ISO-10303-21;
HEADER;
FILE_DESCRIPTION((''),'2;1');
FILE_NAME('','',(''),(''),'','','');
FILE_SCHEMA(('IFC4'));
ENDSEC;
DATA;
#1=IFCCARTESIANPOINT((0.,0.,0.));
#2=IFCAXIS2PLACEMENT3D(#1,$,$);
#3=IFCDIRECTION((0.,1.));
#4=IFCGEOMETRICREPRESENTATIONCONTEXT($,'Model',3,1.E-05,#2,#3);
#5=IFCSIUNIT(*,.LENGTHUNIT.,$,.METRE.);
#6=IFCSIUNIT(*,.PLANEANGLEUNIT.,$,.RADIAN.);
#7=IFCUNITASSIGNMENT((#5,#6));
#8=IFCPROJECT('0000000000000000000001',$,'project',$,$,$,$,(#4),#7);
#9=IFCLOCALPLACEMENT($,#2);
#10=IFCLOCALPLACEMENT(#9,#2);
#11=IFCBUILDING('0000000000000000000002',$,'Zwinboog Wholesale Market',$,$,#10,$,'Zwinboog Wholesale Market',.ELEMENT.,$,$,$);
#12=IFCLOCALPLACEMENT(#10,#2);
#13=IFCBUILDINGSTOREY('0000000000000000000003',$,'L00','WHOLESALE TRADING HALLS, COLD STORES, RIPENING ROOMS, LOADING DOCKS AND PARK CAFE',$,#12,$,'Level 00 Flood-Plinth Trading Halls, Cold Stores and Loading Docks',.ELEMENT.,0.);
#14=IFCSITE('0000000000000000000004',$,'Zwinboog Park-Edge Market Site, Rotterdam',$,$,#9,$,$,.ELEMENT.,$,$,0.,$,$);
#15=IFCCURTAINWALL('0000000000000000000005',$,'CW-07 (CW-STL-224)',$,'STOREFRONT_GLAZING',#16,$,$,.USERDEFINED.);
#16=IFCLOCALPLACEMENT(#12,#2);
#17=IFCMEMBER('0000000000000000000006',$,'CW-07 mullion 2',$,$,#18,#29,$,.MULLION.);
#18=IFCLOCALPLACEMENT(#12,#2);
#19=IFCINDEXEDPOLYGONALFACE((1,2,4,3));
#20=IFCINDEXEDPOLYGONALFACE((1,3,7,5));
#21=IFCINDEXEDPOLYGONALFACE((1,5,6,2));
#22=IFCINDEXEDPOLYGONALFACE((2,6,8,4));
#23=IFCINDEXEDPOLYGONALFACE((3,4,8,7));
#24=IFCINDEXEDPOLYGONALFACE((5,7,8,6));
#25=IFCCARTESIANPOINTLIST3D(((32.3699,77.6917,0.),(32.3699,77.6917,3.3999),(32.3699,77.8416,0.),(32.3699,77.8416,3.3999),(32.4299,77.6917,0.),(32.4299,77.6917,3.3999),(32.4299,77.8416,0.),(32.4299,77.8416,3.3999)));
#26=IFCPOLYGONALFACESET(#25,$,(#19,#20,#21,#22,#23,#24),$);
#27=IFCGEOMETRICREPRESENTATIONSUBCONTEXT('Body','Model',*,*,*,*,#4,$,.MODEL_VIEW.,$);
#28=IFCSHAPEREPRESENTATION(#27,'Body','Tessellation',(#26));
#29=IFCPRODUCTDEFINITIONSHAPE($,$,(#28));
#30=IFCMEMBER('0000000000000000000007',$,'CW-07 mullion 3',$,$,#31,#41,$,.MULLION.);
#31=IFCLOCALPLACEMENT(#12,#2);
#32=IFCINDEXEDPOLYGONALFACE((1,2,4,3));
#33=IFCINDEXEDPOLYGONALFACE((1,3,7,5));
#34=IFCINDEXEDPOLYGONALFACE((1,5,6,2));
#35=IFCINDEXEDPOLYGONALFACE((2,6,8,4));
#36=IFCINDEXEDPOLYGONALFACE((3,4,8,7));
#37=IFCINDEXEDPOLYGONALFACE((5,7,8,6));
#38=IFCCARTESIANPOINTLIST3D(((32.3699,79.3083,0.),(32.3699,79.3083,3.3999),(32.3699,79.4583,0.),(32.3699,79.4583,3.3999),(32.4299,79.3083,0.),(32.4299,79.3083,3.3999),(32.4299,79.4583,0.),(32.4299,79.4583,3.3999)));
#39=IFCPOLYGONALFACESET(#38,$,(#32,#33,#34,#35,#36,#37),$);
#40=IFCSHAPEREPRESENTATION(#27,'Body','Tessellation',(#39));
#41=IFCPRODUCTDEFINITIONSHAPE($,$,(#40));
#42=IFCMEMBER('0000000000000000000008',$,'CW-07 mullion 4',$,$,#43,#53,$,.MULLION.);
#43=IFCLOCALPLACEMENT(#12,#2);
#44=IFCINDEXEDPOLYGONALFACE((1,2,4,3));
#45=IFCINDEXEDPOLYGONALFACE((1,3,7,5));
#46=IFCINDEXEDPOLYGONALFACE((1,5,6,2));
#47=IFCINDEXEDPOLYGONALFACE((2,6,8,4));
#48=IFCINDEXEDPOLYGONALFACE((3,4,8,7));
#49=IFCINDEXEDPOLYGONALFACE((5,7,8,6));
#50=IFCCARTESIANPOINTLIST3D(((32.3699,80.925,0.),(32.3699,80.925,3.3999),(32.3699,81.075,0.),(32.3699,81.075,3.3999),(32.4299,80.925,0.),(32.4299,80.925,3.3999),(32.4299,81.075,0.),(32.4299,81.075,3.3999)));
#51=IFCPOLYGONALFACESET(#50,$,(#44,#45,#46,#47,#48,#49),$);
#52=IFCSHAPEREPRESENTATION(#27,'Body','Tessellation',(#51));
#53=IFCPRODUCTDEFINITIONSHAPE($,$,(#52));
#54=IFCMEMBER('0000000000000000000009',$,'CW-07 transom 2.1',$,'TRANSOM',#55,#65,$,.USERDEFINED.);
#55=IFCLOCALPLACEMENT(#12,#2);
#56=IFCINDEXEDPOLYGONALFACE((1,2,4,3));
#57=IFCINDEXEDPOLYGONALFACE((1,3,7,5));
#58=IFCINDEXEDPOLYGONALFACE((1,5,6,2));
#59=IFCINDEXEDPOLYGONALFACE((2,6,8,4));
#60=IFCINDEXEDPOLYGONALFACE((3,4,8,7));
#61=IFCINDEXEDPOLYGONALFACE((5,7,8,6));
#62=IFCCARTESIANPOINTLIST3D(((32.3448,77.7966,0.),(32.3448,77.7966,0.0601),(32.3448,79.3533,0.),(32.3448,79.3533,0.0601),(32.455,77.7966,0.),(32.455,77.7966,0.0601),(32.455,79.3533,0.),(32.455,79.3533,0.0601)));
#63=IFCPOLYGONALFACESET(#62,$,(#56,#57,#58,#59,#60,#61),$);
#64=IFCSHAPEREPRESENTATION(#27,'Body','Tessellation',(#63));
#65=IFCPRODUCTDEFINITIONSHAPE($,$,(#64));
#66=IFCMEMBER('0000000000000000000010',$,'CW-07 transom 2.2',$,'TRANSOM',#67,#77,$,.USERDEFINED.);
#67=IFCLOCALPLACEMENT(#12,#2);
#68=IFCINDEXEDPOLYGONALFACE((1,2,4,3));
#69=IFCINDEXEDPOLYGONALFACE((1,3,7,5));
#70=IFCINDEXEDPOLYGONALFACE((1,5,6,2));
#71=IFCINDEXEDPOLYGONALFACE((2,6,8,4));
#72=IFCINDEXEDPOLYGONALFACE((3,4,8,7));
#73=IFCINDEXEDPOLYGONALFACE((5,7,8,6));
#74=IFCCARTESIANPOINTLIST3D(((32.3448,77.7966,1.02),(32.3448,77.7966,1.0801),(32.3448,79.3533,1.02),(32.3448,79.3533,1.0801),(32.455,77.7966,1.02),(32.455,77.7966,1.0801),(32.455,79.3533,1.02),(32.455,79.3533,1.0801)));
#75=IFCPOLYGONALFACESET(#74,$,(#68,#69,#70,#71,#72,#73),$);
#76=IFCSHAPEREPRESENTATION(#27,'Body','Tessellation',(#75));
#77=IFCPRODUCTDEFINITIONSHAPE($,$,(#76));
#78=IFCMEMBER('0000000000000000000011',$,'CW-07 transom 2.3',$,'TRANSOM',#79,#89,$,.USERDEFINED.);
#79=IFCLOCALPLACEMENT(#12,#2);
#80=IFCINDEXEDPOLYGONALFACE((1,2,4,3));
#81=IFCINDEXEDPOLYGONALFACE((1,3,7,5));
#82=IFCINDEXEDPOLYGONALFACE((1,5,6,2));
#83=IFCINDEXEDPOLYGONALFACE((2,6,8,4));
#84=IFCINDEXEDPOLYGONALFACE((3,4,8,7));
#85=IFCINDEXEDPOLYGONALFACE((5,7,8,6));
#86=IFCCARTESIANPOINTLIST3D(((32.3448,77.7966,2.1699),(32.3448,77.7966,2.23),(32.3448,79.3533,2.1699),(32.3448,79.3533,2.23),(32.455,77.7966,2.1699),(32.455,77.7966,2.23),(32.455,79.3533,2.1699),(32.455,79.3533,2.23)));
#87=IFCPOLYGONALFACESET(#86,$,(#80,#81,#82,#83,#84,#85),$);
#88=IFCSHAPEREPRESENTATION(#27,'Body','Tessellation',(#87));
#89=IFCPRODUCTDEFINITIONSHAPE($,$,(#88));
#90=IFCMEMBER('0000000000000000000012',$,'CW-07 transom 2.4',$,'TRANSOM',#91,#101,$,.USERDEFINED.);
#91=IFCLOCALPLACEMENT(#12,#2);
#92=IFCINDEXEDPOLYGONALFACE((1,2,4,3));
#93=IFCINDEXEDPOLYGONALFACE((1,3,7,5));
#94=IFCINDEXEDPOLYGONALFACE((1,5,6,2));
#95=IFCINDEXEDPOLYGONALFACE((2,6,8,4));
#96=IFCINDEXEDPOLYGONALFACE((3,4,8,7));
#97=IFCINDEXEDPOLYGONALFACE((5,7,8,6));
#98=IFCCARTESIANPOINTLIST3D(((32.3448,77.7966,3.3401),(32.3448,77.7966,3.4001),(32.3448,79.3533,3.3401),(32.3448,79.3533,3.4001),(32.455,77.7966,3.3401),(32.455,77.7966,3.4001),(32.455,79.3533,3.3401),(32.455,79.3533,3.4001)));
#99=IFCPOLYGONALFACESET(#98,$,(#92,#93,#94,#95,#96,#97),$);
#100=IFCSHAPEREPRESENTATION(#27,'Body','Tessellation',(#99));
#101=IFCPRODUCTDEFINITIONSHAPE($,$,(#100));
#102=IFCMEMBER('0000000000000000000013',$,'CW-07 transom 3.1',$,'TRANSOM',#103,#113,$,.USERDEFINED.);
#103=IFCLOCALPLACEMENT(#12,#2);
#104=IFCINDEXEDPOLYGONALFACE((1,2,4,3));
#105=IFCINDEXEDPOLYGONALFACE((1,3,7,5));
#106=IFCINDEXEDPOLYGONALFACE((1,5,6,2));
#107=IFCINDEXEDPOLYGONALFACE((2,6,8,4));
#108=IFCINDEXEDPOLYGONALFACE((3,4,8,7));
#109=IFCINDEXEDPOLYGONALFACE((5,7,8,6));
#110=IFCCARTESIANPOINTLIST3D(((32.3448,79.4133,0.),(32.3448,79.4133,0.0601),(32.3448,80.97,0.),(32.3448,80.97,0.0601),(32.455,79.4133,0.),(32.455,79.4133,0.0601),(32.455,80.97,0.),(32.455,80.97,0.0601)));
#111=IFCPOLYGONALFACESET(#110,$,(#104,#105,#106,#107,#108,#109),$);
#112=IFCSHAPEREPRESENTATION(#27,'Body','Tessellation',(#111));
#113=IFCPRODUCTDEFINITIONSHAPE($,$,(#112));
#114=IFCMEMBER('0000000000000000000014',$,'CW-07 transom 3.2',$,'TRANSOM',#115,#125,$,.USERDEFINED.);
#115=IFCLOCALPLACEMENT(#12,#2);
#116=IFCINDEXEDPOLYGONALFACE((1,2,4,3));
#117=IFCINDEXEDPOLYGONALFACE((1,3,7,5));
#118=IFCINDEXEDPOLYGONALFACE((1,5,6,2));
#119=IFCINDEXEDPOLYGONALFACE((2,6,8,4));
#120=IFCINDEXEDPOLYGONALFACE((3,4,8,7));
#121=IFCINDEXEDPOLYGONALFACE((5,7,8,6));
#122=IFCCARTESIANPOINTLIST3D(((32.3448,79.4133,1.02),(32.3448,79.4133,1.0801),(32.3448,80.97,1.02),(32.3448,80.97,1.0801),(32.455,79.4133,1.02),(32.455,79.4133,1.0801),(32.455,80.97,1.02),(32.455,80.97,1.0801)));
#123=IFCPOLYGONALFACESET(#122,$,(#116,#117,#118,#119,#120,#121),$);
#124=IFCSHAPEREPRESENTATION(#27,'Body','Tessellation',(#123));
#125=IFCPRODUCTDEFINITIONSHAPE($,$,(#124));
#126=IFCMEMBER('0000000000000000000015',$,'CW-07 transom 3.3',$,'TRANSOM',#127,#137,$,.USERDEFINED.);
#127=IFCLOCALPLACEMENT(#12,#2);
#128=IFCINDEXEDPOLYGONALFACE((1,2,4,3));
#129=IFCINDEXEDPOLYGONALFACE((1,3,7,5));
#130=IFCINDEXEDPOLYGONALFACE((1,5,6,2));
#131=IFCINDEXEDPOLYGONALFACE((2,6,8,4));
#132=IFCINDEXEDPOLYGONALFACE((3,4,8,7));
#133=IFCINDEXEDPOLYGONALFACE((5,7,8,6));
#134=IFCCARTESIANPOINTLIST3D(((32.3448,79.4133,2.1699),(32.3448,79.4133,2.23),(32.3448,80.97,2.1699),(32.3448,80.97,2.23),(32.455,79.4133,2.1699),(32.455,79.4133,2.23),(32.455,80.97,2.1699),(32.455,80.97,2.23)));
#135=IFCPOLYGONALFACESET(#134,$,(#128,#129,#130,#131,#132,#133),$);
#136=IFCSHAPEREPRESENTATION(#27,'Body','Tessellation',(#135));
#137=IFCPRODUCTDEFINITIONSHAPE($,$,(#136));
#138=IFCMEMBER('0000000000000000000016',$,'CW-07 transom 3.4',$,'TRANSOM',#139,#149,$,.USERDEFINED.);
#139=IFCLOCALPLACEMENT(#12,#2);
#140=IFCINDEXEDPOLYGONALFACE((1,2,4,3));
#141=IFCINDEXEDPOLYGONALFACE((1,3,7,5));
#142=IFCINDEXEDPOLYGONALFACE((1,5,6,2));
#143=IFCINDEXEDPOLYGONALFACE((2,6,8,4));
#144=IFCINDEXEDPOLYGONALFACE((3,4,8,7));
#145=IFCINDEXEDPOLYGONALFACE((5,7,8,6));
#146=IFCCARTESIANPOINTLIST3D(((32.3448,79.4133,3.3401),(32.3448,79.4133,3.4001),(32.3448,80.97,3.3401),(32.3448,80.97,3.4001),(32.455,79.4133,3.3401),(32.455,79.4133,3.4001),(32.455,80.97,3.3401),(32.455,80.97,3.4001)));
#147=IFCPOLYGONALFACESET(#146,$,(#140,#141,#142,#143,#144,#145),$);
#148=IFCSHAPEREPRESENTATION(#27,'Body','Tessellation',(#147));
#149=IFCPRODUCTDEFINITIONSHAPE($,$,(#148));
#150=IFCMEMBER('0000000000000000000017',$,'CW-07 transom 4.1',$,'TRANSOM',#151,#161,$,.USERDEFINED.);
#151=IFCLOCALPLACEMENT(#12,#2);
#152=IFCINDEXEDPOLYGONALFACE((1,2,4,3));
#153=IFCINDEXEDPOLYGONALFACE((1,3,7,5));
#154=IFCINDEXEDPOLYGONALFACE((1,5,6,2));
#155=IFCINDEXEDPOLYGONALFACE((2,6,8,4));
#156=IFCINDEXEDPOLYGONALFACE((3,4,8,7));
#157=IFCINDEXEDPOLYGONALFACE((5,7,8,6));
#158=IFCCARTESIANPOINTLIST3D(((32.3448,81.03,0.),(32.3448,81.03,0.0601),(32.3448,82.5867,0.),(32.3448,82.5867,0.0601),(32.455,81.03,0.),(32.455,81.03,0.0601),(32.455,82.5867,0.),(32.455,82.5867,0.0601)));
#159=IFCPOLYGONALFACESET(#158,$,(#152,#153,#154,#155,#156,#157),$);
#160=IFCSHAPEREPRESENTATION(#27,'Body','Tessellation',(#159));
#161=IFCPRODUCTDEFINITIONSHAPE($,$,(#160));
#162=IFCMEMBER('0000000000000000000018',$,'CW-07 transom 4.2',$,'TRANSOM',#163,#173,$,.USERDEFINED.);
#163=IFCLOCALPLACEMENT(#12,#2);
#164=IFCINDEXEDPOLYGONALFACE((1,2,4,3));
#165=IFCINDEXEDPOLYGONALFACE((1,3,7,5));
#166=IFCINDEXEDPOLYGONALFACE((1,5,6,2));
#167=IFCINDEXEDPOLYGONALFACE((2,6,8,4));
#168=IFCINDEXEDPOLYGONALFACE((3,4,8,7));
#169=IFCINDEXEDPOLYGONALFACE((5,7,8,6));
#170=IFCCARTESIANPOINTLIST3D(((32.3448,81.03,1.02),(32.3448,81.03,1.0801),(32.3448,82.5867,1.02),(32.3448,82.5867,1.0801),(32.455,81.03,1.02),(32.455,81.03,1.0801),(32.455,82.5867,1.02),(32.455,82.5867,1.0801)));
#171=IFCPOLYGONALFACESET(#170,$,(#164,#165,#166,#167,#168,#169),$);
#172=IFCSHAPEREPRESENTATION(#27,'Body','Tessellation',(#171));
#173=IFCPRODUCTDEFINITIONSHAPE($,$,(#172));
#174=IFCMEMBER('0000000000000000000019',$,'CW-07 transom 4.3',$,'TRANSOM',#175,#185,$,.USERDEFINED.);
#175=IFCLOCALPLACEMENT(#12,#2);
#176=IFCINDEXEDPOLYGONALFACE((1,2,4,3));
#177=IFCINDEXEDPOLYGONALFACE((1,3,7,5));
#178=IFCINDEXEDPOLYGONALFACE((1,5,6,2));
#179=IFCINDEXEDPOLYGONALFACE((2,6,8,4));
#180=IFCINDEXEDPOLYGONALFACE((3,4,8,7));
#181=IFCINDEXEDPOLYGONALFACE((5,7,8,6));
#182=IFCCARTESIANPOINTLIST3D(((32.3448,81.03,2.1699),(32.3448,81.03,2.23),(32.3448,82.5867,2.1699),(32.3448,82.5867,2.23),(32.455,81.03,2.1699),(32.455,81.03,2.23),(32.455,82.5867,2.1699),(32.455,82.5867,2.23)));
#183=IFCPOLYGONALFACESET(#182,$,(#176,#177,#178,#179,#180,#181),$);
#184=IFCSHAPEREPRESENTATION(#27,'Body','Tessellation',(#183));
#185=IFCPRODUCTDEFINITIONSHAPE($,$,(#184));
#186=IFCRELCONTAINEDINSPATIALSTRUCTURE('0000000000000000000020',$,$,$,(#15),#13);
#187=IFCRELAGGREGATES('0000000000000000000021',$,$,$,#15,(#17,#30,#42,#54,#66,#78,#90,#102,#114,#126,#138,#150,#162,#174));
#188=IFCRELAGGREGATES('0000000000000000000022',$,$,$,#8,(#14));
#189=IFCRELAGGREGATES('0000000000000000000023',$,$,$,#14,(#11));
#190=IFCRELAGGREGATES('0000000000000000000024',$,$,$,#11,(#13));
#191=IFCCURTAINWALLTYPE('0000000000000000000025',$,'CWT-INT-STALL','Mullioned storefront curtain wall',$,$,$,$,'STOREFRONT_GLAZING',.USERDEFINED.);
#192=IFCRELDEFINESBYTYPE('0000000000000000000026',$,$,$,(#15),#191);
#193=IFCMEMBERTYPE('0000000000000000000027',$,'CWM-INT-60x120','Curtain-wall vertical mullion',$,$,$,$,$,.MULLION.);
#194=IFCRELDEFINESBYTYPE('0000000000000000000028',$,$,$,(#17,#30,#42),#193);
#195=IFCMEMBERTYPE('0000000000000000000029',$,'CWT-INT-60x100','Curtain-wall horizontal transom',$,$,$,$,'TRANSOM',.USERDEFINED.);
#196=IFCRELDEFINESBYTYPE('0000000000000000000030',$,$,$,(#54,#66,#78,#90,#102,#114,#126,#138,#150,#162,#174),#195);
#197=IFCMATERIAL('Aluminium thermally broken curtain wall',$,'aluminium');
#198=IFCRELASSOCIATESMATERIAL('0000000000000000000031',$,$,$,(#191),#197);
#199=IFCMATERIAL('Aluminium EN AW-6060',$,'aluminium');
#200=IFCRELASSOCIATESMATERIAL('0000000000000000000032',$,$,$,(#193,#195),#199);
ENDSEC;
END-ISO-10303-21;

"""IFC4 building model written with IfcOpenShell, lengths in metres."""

from ifc_helpers import new_model, si_unit, direction, frame, origin, origin_2d, place, context, subcontext, project, spatial, rectangle, extrude, material, material_profile, profile_set, type_object, element, aggregate, save


model = new_model("IFC4")

# Units and contexts
model_context = context("Model", 3, precision=1e-05, world=origin(), true_north=direction((0.0, 1.0)))
body_context = subcontext(model_context, "Body", "Model", "MODEL_VIEW")
ifc_project = project(units=[si_unit("LENGTHUNIT", "METRE"), si_unit("PLANEANGLEUNIT", "RADIAN")], contexts=[model_context])

# Site, building, storey
site_placement = place(None, origin())
site = spatial("IfcSite", under=ifc_project, at=site_placement, Name="Zwinboog Park-Edge Market Site, Rotterdam", CompositionType="ELEMENT", RefElevation=0.0)
building_placement = place(site_placement, origin())
building = spatial("IfcBuilding", under=site, at=building_placement, Name="Zwinboog Wholesale Market", LongName="Zwinboog Wholesale Market", CompositionType="ELEMENT")
storey_placement = place(building_placement, origin())
storey = spatial("IfcBuildingStorey", under=building, at=storey_placement, Name="L00", Description="WHOLESALE TRADING HALLS, COLD STORES, RIPENING ROOMS, LOADING DOCKS AND PARK CAFE", LongName="Level 00 Flood-Plinth Trading Halls, Cold Stores and Loading Docks", CompositionType="ELEMENT", Elevation=0.0)

# Curtain wall, members
ifc_material_1 = material(Name="Aluminium thermally broken curtain wall", Category="aluminium")
curtain_wall_type = type_object("IfcCurtainWallType", Name="CWT-INT-STALL", Description="Mullioned storefront curtain wall", ElementType="STOREFRONT_GLAZING", PredefinedType="USERDEFINED", material=ifc_material_1)
curtain_wall_placement = place(storey_placement, origin())
curtain_wall = element("IfcCurtainWall", 1, at=curtain_wall_placement, inside=storey, type_object=curtain_wall_type, Name="CW-07 (CW-STL-224)", ObjectType="STOREFRONT_GLAZING", PredefinedType="USERDEFINED")
ifc_material_2 = material(Name="Aluminium EN AW-6060", Category="aluminium")
ifc_material_profile_1 = material_profile(ifc_material_2, rectangle(XDim=0.0601, YDim=0.1499, at=origin_2d()), Name="AL 60x150")
ifc_profile_set_1 = profile_set([ifc_material_profile_1], Name="Aluminium EN AW-6060")
member_type_1 = type_object("IfcMemberType", Name="CWM-INT-60x120", Description="Curtain-wall vertical mullion", PredefinedType="MULLION", material=ifc_profile_set_1)
member_1_placement = place(storey_placement, frame((32.3999, 77.7666, 0.0), z_axis=(0.0, 0.0, 1.0), x_axis=(-1.0, 0.0, 0.0)))
member_1 = element("IfcMember", 2, at=member_1_placement, type_object=member_type_1, Name="CW-07 mullion 2", PredefinedType="MULLION", context=body_context, shape_type="SweptSolid", body=[
    extrude(rectangle(XDim=0.0601, YDim=0.1499, at=origin_2d()), origin(), (0.0, 0.0, 1.0), 3.3999),
])
member_2_placement = place(storey_placement, frame((32.3999, 79.3833, 0.0), z_axis=(0.0, 0.0, 1.0), x_axis=(-1.0, 0.0, 0.0)))
member_2 = element("IfcMember", 3, at=member_2_placement, type_object=member_type_1, Name="CW-07 mullion 3", PredefinedType="MULLION", context=body_context, shape_type="SweptSolid", body=[
    extrude(rectangle(XDim=0.0601, YDim=0.1499, at=origin_2d()), origin(), (0.0, 0.0, 1.0), 3.3999),
])
member_3_placement = place(storey_placement, frame((32.3999, 81.0, 0.0), z_axis=(0.0, 0.0, 1.0), x_axis=(-1.0, 0.0, 0.0)))
member_3 = element("IfcMember", 4, at=member_3_placement, type_object=member_type_1, Name="CW-07 mullion 4", PredefinedType="MULLION", context=body_context, shape_type="SweptSolid", body=[
    extrude(rectangle(XDim=0.0601, YDim=0.1499, at=origin_2d()), origin(), (0.0, 0.0, 1.0), 3.3999),
])
ifc_material_profile_2 = material_profile(ifc_material_2, rectangle(XDim=0.1101, YDim=0.0601, at=origin_2d()), Name="AL 60x110")
ifc_profile_set_2 = profile_set([ifc_material_profile_2], Name="Aluminium EN AW-6060")
member_type_2 = type_object("IfcMemberType", Name="CWT-INT-60x100", Description="Curtain-wall horizontal transom", ElementType="TRANSOM", PredefinedType="USERDEFINED", material=ifc_profile_set_2)
member_4_placement = place(storey_placement, frame((32.3999, 77.7966, 0.03), z_axis=(0.0, 1.0, 0.0), x_axis=(-1.0, 0.0, 0.0)))
member_4 = element("IfcMember", 5, at=member_4_placement, type_object=member_type_2, Name="CW-07 transom 2.1", ObjectType="TRANSOM", PredefinedType="USERDEFINED", context=body_context, shape_type="SweptSolid", body=[
    extrude(rectangle(XDim=0.1101, YDim=0.0601, at=origin_2d()), origin(), (0.0, 0.0, 1.0), 1.5566),
])
member_5_placement = place(storey_placement, frame((32.3999, 77.7966, 1.05), z_axis=(0.0, 1.0, 0.0), x_axis=(-1.0, 0.0, 0.0)))
member_5 = element("IfcMember", 6, at=member_5_placement, type_object=member_type_2, Name="CW-07 transom 2.2", ObjectType="TRANSOM", PredefinedType="USERDEFINED", context=body_context, shape_type="SweptSolid", body=[
    extrude(rectangle(XDim=0.1101, YDim=0.0601, at=origin_2d()), origin(), (0.0, 0.0, 1.0), 1.5566),
])
member_6_placement = place(storey_placement, frame((32.3999, 77.7966, 2.2), z_axis=(0.0, 1.0, 0.0), x_axis=(-1.0, 0.0, 0.0)))
member_6 = element("IfcMember", 7, at=member_6_placement, type_object=member_type_2, Name="CW-07 transom 2.3", ObjectType="TRANSOM", PredefinedType="USERDEFINED", context=body_context, shape_type="SweptSolid", body=[
    extrude(rectangle(XDim=0.1101, YDim=0.0601, at=origin_2d()), origin(), (0.0, 0.0, 1.0), 1.5566),
])
member_7_placement = place(storey_placement, frame((32.3999, 77.7966, 3.3701), z_axis=(0.0, 1.0, 0.0), x_axis=(-1.0, 0.0, 0.0)))
member_7 = element("IfcMember", 8, at=member_7_placement, type_object=member_type_2, Name="CW-07 transom 2.4", ObjectType="TRANSOM", PredefinedType="USERDEFINED", context=body_context, shape_type="SweptSolid", body=[
    extrude(rectangle(XDim=0.1101, YDim=0.0601, at=origin_2d()), origin(), (0.0, 0.0, 1.0), 1.5566),
])
member_8_placement = place(storey_placement, frame((32.3999, 79.4133, 0.03), z_axis=(0.0, 1.0, 0.0), x_axis=(-1.0, 0.0, 0.0)))
member_8 = element("IfcMember", 9, at=member_8_placement, type_object=member_type_2, Name="CW-07 transom 3.1", ObjectType="TRANSOM", PredefinedType="USERDEFINED", context=body_context, shape_type="SweptSolid", body=[
    extrude(rectangle(XDim=0.1101, YDim=0.0601, at=origin_2d()), origin(), (0.0, 0.0, 1.0), 1.5566),
])
member_9_placement = place(storey_placement, frame((32.3999, 79.4133, 1.05), z_axis=(0.0, 1.0, 0.0), x_axis=(-1.0, 0.0, 0.0)))
member_9 = element("IfcMember", 10, at=member_9_placement, type_object=member_type_2, Name="CW-07 transom 3.2", ObjectType="TRANSOM", PredefinedType="USERDEFINED", context=body_context, shape_type="SweptSolid", body=[
    extrude(rectangle(XDim=0.1101, YDim=0.0601, at=origin_2d()), origin(), (0.0, 0.0, 1.0), 1.5566),
])
member_10_placement = place(storey_placement, frame((32.3999, 79.4133, 2.2), z_axis=(0.0, 1.0, 0.0), x_axis=(-1.0, 0.0, 0.0)))
member_10 = element("IfcMember", 11, at=member_10_placement, type_object=member_type_2, Name="CW-07 transom 3.3", ObjectType="TRANSOM", PredefinedType="USERDEFINED", context=body_context, shape_type="SweptSolid", body=[
    extrude(rectangle(XDim=0.1101, YDim=0.0601, at=origin_2d()), origin(), (0.0, 0.0, 1.0), 1.5566),
])
member_11_placement = place(storey_placement, frame((32.3999, 79.4133, 3.3701), z_axis=(0.0, 1.0, 0.0), x_axis=(-1.0, 0.0, 0.0)))
member_11 = element("IfcMember", 12, at=member_11_placement, type_object=member_type_2, Name="CW-07 transom 3.4", ObjectType="TRANSOM", PredefinedType="USERDEFINED", context=body_context, shape_type="SweptSolid", body=[
    extrude(rectangle(XDim=0.1101, YDim=0.0601, at=origin_2d()), origin(), (0.0, 0.0, 1.0), 1.5566),
])
member_12_placement = place(storey_placement, frame((32.3999, 81.03, 0.03), z_axis=(0.0, 1.0, 0.0), x_axis=(-1.0, 0.0, 0.0)))
member_12 = element("IfcMember", 13, at=member_12_placement, type_object=member_type_2, Name="CW-07 transom 4.1", ObjectType="TRANSOM", PredefinedType="USERDEFINED", context=body_context, shape_type="SweptSolid", body=[
    extrude(rectangle(XDim=0.1101, YDim=0.0601, at=origin_2d()), origin(), (0.0, 0.0, 1.0), 1.5566),
])
member_13_placement = place(storey_placement, frame((32.3999, 81.03, 1.05), z_axis=(0.0, 1.0, 0.0), x_axis=(-1.0, 0.0, 0.0)))
member_13 = element("IfcMember", 14, at=member_13_placement, type_object=member_type_2, Name="CW-07 transom 4.2", ObjectType="TRANSOM", PredefinedType="USERDEFINED", context=body_context, shape_type="SweptSolid", body=[
    extrude(rectangle(XDim=0.1101, YDim=0.0601, at=origin_2d()), origin(), (0.0, 0.0, 1.0), 1.5566),
])
member_14_placement = place(storey_placement, frame((32.3999, 81.03, 2.2), z_axis=(0.0, 1.0, 0.0), x_axis=(-1.0, 0.0, 0.0)))
member_14 = element("IfcMember", 15, at=member_14_placement, type_object=member_type_2, Name="CW-07 transom 4.3", ObjectType="TRANSOM", PredefinedType="USERDEFINED", context=body_context, shape_type="SweptSolid", body=[
    extrude(rectangle(XDim=0.1101, YDim=0.0601, at=origin_2d()), origin(), (0.0, 0.0, 1.0), 1.5566),
])
aggregate(curtain_wall, [member_1, member_2, member_3, member_4, member_5, member_6, member_7, member_8, member_9, member_10, member_11, member_12, member_13, member_14])

save(model, "model.ifc")
